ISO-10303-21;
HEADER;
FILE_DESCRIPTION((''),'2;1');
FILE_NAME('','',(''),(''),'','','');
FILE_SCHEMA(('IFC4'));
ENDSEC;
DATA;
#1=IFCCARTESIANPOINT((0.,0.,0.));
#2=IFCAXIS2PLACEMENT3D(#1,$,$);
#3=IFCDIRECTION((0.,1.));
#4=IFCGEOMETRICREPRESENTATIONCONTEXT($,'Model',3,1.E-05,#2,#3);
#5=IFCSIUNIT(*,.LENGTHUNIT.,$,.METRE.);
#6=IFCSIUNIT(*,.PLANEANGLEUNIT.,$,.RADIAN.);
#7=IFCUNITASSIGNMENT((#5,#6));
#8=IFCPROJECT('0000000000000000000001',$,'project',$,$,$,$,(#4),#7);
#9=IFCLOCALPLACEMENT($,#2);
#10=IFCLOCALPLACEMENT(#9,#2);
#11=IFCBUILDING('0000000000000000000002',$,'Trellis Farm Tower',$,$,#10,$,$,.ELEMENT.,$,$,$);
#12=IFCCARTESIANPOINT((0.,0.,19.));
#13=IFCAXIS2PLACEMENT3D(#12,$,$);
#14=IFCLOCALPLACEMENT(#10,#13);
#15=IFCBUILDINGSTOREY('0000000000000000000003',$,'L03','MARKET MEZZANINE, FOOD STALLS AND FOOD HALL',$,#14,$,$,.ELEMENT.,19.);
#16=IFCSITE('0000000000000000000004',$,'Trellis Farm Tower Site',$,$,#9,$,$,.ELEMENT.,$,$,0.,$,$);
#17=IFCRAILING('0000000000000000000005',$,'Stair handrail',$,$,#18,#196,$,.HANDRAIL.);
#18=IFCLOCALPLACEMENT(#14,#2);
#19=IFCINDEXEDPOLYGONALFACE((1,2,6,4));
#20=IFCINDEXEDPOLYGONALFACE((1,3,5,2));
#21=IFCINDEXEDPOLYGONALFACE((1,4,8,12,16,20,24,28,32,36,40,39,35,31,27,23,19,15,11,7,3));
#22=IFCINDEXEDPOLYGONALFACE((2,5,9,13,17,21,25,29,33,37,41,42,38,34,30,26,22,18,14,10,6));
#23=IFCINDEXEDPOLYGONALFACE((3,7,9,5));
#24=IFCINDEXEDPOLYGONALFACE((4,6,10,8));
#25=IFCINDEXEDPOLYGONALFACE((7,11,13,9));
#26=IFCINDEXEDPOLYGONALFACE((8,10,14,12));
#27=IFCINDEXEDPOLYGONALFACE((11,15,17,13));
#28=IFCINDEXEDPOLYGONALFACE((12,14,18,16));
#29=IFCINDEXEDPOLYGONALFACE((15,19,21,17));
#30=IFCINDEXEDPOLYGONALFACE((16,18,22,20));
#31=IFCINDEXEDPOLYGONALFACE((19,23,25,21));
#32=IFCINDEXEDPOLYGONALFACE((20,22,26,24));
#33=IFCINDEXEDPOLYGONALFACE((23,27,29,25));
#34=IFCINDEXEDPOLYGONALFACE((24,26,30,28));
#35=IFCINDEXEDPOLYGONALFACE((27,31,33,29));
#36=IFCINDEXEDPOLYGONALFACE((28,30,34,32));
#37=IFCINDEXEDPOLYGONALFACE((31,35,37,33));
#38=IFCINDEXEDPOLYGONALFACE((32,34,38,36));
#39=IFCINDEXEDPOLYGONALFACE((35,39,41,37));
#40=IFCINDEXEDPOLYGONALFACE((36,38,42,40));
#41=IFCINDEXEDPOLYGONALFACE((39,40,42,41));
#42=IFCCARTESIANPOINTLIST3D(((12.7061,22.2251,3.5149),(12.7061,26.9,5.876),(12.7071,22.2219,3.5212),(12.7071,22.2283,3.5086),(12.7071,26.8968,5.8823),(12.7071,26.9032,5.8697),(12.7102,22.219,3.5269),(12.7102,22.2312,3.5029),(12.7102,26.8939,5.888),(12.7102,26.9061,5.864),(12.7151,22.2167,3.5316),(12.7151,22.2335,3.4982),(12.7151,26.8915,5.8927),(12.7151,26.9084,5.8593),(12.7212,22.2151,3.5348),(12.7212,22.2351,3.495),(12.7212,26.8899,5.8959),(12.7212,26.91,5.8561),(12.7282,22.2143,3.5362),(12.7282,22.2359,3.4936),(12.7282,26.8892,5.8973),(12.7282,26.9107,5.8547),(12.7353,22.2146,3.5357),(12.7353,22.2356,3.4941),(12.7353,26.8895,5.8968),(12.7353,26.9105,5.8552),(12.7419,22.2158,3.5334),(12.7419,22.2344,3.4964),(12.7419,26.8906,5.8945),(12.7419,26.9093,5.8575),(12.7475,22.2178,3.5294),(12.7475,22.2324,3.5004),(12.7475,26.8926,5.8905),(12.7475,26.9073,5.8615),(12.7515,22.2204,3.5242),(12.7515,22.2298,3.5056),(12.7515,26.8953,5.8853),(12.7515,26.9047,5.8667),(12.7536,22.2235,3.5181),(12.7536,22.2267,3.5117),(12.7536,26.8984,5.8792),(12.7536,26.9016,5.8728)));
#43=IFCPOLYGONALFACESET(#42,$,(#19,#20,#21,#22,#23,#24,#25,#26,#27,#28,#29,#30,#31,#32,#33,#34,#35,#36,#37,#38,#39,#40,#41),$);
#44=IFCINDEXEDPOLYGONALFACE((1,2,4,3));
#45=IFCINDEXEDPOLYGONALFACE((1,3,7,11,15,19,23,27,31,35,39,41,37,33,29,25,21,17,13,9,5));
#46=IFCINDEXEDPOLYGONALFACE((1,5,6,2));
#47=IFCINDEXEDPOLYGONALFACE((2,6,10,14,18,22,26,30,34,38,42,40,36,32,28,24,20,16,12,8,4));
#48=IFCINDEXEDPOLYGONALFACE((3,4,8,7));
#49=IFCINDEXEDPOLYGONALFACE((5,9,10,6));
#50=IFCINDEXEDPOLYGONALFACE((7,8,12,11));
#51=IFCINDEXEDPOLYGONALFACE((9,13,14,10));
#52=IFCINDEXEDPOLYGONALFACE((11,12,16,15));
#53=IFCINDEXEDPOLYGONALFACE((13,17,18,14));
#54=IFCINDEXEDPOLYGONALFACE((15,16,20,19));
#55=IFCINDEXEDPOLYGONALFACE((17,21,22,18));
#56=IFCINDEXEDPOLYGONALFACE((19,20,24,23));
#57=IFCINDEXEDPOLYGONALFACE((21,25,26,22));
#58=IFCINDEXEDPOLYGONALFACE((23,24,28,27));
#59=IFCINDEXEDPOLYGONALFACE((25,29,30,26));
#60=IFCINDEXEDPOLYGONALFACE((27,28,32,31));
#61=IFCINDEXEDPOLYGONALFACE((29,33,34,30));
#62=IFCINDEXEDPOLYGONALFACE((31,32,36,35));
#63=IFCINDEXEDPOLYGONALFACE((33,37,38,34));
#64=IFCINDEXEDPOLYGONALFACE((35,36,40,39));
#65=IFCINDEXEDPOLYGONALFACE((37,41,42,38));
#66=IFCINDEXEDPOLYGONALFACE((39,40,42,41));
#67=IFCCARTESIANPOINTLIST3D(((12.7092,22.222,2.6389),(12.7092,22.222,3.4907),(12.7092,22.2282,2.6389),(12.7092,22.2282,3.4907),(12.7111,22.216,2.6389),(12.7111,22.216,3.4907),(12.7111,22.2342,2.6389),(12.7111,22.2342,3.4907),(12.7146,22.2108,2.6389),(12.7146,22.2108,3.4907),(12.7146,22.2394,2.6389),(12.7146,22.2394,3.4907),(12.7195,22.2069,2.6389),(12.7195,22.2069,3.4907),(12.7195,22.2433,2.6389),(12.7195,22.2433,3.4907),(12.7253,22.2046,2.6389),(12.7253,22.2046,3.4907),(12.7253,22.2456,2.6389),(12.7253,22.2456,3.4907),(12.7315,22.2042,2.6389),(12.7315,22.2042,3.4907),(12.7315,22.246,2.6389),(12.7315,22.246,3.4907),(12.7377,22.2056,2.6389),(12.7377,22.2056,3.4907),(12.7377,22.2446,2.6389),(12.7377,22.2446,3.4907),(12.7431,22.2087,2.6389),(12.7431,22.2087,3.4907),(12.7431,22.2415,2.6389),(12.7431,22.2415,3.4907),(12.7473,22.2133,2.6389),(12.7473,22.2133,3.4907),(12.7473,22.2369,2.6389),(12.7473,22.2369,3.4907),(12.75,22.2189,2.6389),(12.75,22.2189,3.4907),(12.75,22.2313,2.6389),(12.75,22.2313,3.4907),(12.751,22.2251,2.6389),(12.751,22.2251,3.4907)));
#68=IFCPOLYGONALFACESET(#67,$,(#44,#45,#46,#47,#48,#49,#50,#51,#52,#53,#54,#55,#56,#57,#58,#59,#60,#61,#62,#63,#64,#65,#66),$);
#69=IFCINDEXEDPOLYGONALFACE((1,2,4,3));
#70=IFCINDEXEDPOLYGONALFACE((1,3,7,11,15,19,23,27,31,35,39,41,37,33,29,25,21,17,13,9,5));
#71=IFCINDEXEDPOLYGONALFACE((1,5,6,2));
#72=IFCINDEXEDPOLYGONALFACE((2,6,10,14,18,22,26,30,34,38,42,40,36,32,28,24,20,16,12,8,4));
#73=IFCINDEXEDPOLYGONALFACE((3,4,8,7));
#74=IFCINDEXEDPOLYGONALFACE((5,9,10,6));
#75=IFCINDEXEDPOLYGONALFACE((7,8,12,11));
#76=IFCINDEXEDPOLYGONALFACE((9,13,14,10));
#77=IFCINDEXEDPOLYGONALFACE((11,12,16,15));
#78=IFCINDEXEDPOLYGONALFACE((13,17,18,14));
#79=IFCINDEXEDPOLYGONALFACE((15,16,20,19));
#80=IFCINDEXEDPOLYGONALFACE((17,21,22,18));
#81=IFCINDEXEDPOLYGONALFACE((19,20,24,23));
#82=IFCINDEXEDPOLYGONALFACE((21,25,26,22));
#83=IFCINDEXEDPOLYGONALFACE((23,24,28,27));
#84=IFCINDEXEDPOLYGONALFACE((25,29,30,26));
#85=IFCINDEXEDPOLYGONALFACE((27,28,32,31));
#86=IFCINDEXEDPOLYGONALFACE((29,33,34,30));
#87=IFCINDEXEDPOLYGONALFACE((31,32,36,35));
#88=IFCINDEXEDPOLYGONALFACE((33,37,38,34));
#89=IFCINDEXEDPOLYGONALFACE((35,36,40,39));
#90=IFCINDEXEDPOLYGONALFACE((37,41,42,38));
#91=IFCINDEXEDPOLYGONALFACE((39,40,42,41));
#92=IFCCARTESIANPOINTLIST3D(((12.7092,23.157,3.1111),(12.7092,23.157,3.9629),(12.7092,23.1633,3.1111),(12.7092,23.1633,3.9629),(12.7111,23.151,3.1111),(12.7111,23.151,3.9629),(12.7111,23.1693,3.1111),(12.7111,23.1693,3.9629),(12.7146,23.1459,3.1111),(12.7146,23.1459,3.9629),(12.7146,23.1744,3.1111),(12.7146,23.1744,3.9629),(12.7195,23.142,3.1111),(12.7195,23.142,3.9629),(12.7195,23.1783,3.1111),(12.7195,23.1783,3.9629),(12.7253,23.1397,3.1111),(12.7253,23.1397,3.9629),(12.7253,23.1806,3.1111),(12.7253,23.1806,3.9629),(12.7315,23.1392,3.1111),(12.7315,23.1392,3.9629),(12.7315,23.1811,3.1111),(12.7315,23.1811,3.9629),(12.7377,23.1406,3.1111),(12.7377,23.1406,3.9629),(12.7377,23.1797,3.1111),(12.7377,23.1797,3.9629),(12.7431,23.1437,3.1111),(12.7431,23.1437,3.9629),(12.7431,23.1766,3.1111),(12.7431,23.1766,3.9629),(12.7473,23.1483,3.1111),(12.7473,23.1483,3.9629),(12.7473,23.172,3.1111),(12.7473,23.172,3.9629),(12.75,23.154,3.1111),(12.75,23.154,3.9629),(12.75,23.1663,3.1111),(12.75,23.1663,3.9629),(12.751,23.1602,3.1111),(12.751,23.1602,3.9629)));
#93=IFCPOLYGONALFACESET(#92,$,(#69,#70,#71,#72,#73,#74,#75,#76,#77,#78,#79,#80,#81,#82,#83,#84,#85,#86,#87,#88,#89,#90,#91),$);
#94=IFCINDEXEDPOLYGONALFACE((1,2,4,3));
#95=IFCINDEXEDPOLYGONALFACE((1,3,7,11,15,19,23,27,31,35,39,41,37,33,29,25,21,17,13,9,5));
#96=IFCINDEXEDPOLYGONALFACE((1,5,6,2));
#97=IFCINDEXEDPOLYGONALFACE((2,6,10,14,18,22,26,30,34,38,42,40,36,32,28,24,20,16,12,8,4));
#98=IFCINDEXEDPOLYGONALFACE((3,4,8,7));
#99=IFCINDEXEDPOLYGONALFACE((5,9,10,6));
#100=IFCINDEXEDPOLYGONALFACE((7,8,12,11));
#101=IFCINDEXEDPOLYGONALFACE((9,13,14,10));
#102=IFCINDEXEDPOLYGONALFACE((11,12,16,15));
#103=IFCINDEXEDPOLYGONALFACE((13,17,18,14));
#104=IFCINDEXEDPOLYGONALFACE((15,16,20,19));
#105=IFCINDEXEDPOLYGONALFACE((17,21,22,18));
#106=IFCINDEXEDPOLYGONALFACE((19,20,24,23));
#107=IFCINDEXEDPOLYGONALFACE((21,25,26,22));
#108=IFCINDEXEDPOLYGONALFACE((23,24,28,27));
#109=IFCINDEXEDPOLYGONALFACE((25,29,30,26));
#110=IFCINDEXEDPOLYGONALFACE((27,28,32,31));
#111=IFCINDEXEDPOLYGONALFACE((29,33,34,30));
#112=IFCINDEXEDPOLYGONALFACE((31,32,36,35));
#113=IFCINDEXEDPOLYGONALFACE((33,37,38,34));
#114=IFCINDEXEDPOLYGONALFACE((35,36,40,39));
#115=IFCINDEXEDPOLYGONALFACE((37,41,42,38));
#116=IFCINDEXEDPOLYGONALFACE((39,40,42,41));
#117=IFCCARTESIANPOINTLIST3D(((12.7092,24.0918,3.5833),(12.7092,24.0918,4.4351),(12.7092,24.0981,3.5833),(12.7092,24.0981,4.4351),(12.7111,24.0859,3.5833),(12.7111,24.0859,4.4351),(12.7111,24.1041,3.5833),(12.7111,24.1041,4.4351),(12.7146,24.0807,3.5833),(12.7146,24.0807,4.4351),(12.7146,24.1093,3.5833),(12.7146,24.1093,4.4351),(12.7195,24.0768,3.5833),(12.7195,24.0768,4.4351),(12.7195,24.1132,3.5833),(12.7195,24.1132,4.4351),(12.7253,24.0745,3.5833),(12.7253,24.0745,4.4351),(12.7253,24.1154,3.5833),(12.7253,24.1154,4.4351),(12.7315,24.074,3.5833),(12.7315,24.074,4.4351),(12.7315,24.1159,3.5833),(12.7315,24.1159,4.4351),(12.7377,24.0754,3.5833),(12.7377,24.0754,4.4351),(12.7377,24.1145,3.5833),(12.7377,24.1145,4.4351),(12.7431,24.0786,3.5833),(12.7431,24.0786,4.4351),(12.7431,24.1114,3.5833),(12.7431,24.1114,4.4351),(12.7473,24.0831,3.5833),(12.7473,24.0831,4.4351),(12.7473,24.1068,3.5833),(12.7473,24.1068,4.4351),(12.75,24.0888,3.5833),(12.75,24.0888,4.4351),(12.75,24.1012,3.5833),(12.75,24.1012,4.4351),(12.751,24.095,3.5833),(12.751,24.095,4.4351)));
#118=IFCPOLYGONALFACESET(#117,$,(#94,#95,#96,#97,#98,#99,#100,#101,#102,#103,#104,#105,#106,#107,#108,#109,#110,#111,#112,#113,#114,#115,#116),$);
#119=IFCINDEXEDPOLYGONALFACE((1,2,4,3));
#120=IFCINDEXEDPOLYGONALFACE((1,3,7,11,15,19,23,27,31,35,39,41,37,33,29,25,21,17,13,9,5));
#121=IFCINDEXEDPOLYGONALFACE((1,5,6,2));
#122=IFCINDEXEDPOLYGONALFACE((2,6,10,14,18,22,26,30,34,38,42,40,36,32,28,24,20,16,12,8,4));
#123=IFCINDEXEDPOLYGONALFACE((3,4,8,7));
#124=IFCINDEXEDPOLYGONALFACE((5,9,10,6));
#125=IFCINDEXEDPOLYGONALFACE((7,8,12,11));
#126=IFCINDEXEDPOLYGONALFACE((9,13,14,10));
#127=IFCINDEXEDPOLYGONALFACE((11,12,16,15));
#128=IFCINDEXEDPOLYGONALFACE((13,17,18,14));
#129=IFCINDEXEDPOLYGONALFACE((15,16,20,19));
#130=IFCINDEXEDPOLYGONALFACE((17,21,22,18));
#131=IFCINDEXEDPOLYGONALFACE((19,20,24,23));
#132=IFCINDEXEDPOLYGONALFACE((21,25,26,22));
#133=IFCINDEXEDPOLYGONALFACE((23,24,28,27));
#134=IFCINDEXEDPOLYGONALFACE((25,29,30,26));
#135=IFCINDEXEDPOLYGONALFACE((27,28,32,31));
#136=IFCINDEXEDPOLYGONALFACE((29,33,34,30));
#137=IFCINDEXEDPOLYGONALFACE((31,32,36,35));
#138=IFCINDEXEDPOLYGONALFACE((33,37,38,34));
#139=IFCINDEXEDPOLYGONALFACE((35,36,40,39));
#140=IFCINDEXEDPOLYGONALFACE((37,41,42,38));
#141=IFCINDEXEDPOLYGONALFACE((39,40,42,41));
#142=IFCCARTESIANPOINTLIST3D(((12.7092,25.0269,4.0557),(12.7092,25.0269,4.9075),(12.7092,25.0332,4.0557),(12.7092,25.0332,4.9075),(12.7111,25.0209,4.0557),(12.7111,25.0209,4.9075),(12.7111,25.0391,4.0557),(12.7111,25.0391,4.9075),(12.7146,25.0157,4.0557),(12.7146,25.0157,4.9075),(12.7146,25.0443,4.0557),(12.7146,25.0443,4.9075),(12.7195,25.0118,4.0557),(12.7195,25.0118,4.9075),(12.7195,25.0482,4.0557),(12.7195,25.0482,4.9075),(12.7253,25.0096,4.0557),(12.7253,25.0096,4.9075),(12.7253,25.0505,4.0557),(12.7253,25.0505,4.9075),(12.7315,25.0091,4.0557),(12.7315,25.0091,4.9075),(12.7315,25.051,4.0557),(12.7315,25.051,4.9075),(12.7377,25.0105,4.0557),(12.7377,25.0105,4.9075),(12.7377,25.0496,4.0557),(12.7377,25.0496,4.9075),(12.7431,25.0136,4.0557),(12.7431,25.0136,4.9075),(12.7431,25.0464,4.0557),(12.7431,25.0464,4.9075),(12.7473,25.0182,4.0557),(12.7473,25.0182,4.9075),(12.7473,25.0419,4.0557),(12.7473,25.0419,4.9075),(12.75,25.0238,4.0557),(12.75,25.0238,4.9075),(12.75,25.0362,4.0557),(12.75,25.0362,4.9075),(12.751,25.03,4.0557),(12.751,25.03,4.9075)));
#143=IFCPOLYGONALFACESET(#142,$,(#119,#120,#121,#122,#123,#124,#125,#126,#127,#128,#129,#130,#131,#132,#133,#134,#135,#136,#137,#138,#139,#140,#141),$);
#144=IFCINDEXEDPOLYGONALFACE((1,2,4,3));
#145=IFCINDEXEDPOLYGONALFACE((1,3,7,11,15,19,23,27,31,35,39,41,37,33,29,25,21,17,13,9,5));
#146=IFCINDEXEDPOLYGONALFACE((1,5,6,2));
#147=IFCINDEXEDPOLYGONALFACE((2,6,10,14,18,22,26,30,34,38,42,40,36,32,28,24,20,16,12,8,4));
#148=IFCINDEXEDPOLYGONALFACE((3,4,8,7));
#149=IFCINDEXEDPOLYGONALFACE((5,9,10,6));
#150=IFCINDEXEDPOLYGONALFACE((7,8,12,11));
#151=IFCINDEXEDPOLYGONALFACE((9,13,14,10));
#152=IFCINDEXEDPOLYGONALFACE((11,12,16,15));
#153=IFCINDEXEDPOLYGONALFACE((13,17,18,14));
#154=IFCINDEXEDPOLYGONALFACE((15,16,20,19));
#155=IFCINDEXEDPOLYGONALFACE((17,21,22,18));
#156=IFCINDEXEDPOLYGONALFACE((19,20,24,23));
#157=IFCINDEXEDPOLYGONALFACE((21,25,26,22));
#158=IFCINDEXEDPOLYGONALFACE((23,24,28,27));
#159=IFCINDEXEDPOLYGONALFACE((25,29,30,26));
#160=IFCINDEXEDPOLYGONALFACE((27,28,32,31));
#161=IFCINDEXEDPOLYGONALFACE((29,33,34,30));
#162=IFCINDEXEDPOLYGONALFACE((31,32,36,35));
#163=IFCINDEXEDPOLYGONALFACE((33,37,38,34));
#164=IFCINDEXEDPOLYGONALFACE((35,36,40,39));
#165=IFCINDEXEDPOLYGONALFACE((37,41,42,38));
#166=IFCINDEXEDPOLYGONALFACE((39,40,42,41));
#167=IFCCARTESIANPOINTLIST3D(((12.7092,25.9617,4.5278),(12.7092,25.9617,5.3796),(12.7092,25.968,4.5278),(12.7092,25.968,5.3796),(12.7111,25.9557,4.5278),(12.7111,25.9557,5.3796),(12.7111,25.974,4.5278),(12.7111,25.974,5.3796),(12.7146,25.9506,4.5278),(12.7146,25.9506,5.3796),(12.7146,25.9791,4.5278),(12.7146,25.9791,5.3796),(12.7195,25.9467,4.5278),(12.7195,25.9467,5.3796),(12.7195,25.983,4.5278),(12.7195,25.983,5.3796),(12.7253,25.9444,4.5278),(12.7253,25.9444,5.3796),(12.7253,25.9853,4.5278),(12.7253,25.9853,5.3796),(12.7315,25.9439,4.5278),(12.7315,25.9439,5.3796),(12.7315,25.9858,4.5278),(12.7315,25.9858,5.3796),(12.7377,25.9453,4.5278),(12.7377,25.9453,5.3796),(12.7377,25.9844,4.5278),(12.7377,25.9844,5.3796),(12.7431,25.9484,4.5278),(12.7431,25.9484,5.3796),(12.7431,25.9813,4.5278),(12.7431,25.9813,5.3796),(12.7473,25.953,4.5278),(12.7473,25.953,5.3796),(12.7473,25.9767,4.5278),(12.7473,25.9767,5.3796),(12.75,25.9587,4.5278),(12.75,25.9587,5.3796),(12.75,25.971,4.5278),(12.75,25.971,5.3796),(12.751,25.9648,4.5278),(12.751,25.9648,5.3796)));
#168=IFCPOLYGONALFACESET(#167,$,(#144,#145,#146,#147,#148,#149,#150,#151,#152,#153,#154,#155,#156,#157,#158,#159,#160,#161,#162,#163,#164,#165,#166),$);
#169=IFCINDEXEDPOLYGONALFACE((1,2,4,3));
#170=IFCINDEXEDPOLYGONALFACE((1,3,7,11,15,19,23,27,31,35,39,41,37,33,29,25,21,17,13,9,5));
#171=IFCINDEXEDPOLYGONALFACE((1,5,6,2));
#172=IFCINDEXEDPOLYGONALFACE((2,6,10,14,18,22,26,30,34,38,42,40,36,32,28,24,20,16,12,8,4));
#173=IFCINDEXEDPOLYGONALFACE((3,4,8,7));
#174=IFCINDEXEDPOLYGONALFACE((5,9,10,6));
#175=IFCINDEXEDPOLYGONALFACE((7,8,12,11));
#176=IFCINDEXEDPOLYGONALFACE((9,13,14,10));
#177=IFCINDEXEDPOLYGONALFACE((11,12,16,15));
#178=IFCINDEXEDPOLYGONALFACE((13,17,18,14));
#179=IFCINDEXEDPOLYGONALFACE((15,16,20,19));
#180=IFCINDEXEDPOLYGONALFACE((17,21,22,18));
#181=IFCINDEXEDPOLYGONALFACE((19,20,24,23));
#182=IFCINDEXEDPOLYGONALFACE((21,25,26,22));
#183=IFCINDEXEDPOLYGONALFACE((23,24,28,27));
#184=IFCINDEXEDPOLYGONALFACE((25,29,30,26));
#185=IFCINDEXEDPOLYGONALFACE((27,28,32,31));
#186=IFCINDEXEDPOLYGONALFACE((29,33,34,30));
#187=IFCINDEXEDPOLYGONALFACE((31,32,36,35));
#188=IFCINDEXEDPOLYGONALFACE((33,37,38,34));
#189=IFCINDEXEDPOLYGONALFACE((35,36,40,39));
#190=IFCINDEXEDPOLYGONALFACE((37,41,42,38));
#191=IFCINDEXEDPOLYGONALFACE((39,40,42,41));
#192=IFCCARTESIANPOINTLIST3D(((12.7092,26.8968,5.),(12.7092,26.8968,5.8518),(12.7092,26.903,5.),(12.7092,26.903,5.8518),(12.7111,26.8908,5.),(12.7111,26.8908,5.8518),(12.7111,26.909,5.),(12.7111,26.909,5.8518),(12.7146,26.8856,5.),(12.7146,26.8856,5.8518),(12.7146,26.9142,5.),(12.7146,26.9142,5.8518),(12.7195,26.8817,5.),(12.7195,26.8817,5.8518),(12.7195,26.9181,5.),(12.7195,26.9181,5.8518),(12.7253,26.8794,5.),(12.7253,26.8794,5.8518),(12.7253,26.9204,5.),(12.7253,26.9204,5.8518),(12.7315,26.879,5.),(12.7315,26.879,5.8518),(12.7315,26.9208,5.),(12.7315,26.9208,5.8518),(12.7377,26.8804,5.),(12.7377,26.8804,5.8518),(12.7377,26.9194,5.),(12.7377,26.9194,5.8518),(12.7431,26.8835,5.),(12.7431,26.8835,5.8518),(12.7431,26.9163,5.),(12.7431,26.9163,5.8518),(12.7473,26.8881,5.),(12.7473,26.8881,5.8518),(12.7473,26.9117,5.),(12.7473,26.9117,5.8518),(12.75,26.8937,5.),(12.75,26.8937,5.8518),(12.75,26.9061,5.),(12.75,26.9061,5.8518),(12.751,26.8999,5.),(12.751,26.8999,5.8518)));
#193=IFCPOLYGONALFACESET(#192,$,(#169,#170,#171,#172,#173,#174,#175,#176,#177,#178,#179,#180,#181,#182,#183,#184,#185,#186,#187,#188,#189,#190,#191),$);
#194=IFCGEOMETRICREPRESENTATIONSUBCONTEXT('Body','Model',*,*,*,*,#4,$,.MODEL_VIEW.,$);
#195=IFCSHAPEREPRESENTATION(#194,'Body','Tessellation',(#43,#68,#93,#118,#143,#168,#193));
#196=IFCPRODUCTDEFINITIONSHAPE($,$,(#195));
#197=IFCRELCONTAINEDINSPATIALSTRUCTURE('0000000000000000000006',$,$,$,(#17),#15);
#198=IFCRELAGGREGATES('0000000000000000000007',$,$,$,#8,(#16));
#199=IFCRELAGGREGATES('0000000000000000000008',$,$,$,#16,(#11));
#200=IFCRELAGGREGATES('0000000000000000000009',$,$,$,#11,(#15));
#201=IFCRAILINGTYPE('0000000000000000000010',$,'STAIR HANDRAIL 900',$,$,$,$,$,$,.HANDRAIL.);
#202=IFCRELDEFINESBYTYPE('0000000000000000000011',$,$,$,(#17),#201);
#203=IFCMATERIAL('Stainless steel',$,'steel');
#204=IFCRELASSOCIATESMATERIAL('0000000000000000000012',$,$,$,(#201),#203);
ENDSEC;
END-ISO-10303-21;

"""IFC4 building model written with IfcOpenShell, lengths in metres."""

from ifc_helpers import new_model, si_unit, direction, frame, origin, origin_2d, place, context, subcontext, project, spatial, circle, extrude, source, transform, mapped, material, type_object, element, save


model = new_model("IFC4")

# Units and contexts
model_context = context("Model", 3, precision=1e-05, world=origin(), true_north=direction((0.0, 1.0)))
body_context = subcontext(model_context, "Body", "Model", "MODEL_VIEW")
ifc_project = project(units=[si_unit("LENGTHUNIT", "METRE"), si_unit("PLANEANGLEUNIT", "RADIAN")], contexts=[model_context])

# Site, building, storey
site_placement = place(None, origin())
site = spatial("IfcSite", under=ifc_project, at=site_placement, Name="Trellis Farm Tower Site", CompositionType="ELEMENT", RefElevation=0.0)
building_placement = place(site_placement, origin())
building = spatial("IfcBuilding", under=site, at=building_placement, Name="Trellis Farm Tower", CompositionType="ELEMENT")
storey_placement = place(building_placement, frame((0.0, 0.0, 19.0)))
storey = spatial("IfcBuildingStorey", under=building, at=storey_placement, Name="L03", Description="MARKET MEZZANINE, FOOD STALLS AND FOOD HALL", CompositionType="ELEMENT", Elevation=19.0)

# Railing
ifc_material_1 = material(Name="Stainless steel", Category="steel")
railing_type = type_object("IfcRailingType", Name="STAIR HANDRAIL 900", PredefinedType="HANDRAIL", material=ifc_material_1)
shared_shape_1 = source(origin(), body_context, "Body", "SweptSolid", [
    extrude(circle(Radius=0.0239, at=origin_2d()), frame((0.0, 0.0, 0.876), z_axis=(0.0, 0.892611, 0.450827), x_axis=(-1.0, 0.0, 0.0)), (0.0, 0.0, 1.0), 5.2373),
    extrude(circle(Radius=0.021, at=origin_2d()), origin(), (0.0, 0.0, 1.0), 0.8518),
    extrude(circle(Radius=0.021, at=origin_2d()), frame((0.0, 0.9351, 0.4722)), (0.0, 0.0, 1.0), 0.8518),
    extrude(circle(Radius=0.021, at=origin_2d()), frame((0.0, 1.8699, 0.9443)), (0.0, 0.0, 1.0), 0.8518),
    extrude(circle(Radius=0.021, at=origin_2d()), frame((0.0, 2.8049, 1.4167)), (0.0, 0.0, 1.0), 0.8518),
    extrude(circle(Radius=0.021, at=origin_2d()), frame((0.0, 3.7397, 1.8889)), (0.0, 0.0, 1.0), 0.8518),
    extrude(circle(Radius=0.021, at=origin_2d()), frame((0.0, 4.6748, 2.3611)), (0.0, 0.0, 1.0), 0.8518),
])
for number, where, name in (
    (1, (12.73, 22.2251, 2.6389), "Stair handrail"),
):
    element("IfcRailing", number, at=place(storey_placement, frame(where)), inside=storey, type_object=railing_type, Name=name, PredefinedType="HANDRAIL", context=body_context, shape_type="MappedRepresentation", body=[
        mapped(shared_shape_1, transform((0.0, 0.0, 0.0))),
    ])

save(model, "model.ifc")
